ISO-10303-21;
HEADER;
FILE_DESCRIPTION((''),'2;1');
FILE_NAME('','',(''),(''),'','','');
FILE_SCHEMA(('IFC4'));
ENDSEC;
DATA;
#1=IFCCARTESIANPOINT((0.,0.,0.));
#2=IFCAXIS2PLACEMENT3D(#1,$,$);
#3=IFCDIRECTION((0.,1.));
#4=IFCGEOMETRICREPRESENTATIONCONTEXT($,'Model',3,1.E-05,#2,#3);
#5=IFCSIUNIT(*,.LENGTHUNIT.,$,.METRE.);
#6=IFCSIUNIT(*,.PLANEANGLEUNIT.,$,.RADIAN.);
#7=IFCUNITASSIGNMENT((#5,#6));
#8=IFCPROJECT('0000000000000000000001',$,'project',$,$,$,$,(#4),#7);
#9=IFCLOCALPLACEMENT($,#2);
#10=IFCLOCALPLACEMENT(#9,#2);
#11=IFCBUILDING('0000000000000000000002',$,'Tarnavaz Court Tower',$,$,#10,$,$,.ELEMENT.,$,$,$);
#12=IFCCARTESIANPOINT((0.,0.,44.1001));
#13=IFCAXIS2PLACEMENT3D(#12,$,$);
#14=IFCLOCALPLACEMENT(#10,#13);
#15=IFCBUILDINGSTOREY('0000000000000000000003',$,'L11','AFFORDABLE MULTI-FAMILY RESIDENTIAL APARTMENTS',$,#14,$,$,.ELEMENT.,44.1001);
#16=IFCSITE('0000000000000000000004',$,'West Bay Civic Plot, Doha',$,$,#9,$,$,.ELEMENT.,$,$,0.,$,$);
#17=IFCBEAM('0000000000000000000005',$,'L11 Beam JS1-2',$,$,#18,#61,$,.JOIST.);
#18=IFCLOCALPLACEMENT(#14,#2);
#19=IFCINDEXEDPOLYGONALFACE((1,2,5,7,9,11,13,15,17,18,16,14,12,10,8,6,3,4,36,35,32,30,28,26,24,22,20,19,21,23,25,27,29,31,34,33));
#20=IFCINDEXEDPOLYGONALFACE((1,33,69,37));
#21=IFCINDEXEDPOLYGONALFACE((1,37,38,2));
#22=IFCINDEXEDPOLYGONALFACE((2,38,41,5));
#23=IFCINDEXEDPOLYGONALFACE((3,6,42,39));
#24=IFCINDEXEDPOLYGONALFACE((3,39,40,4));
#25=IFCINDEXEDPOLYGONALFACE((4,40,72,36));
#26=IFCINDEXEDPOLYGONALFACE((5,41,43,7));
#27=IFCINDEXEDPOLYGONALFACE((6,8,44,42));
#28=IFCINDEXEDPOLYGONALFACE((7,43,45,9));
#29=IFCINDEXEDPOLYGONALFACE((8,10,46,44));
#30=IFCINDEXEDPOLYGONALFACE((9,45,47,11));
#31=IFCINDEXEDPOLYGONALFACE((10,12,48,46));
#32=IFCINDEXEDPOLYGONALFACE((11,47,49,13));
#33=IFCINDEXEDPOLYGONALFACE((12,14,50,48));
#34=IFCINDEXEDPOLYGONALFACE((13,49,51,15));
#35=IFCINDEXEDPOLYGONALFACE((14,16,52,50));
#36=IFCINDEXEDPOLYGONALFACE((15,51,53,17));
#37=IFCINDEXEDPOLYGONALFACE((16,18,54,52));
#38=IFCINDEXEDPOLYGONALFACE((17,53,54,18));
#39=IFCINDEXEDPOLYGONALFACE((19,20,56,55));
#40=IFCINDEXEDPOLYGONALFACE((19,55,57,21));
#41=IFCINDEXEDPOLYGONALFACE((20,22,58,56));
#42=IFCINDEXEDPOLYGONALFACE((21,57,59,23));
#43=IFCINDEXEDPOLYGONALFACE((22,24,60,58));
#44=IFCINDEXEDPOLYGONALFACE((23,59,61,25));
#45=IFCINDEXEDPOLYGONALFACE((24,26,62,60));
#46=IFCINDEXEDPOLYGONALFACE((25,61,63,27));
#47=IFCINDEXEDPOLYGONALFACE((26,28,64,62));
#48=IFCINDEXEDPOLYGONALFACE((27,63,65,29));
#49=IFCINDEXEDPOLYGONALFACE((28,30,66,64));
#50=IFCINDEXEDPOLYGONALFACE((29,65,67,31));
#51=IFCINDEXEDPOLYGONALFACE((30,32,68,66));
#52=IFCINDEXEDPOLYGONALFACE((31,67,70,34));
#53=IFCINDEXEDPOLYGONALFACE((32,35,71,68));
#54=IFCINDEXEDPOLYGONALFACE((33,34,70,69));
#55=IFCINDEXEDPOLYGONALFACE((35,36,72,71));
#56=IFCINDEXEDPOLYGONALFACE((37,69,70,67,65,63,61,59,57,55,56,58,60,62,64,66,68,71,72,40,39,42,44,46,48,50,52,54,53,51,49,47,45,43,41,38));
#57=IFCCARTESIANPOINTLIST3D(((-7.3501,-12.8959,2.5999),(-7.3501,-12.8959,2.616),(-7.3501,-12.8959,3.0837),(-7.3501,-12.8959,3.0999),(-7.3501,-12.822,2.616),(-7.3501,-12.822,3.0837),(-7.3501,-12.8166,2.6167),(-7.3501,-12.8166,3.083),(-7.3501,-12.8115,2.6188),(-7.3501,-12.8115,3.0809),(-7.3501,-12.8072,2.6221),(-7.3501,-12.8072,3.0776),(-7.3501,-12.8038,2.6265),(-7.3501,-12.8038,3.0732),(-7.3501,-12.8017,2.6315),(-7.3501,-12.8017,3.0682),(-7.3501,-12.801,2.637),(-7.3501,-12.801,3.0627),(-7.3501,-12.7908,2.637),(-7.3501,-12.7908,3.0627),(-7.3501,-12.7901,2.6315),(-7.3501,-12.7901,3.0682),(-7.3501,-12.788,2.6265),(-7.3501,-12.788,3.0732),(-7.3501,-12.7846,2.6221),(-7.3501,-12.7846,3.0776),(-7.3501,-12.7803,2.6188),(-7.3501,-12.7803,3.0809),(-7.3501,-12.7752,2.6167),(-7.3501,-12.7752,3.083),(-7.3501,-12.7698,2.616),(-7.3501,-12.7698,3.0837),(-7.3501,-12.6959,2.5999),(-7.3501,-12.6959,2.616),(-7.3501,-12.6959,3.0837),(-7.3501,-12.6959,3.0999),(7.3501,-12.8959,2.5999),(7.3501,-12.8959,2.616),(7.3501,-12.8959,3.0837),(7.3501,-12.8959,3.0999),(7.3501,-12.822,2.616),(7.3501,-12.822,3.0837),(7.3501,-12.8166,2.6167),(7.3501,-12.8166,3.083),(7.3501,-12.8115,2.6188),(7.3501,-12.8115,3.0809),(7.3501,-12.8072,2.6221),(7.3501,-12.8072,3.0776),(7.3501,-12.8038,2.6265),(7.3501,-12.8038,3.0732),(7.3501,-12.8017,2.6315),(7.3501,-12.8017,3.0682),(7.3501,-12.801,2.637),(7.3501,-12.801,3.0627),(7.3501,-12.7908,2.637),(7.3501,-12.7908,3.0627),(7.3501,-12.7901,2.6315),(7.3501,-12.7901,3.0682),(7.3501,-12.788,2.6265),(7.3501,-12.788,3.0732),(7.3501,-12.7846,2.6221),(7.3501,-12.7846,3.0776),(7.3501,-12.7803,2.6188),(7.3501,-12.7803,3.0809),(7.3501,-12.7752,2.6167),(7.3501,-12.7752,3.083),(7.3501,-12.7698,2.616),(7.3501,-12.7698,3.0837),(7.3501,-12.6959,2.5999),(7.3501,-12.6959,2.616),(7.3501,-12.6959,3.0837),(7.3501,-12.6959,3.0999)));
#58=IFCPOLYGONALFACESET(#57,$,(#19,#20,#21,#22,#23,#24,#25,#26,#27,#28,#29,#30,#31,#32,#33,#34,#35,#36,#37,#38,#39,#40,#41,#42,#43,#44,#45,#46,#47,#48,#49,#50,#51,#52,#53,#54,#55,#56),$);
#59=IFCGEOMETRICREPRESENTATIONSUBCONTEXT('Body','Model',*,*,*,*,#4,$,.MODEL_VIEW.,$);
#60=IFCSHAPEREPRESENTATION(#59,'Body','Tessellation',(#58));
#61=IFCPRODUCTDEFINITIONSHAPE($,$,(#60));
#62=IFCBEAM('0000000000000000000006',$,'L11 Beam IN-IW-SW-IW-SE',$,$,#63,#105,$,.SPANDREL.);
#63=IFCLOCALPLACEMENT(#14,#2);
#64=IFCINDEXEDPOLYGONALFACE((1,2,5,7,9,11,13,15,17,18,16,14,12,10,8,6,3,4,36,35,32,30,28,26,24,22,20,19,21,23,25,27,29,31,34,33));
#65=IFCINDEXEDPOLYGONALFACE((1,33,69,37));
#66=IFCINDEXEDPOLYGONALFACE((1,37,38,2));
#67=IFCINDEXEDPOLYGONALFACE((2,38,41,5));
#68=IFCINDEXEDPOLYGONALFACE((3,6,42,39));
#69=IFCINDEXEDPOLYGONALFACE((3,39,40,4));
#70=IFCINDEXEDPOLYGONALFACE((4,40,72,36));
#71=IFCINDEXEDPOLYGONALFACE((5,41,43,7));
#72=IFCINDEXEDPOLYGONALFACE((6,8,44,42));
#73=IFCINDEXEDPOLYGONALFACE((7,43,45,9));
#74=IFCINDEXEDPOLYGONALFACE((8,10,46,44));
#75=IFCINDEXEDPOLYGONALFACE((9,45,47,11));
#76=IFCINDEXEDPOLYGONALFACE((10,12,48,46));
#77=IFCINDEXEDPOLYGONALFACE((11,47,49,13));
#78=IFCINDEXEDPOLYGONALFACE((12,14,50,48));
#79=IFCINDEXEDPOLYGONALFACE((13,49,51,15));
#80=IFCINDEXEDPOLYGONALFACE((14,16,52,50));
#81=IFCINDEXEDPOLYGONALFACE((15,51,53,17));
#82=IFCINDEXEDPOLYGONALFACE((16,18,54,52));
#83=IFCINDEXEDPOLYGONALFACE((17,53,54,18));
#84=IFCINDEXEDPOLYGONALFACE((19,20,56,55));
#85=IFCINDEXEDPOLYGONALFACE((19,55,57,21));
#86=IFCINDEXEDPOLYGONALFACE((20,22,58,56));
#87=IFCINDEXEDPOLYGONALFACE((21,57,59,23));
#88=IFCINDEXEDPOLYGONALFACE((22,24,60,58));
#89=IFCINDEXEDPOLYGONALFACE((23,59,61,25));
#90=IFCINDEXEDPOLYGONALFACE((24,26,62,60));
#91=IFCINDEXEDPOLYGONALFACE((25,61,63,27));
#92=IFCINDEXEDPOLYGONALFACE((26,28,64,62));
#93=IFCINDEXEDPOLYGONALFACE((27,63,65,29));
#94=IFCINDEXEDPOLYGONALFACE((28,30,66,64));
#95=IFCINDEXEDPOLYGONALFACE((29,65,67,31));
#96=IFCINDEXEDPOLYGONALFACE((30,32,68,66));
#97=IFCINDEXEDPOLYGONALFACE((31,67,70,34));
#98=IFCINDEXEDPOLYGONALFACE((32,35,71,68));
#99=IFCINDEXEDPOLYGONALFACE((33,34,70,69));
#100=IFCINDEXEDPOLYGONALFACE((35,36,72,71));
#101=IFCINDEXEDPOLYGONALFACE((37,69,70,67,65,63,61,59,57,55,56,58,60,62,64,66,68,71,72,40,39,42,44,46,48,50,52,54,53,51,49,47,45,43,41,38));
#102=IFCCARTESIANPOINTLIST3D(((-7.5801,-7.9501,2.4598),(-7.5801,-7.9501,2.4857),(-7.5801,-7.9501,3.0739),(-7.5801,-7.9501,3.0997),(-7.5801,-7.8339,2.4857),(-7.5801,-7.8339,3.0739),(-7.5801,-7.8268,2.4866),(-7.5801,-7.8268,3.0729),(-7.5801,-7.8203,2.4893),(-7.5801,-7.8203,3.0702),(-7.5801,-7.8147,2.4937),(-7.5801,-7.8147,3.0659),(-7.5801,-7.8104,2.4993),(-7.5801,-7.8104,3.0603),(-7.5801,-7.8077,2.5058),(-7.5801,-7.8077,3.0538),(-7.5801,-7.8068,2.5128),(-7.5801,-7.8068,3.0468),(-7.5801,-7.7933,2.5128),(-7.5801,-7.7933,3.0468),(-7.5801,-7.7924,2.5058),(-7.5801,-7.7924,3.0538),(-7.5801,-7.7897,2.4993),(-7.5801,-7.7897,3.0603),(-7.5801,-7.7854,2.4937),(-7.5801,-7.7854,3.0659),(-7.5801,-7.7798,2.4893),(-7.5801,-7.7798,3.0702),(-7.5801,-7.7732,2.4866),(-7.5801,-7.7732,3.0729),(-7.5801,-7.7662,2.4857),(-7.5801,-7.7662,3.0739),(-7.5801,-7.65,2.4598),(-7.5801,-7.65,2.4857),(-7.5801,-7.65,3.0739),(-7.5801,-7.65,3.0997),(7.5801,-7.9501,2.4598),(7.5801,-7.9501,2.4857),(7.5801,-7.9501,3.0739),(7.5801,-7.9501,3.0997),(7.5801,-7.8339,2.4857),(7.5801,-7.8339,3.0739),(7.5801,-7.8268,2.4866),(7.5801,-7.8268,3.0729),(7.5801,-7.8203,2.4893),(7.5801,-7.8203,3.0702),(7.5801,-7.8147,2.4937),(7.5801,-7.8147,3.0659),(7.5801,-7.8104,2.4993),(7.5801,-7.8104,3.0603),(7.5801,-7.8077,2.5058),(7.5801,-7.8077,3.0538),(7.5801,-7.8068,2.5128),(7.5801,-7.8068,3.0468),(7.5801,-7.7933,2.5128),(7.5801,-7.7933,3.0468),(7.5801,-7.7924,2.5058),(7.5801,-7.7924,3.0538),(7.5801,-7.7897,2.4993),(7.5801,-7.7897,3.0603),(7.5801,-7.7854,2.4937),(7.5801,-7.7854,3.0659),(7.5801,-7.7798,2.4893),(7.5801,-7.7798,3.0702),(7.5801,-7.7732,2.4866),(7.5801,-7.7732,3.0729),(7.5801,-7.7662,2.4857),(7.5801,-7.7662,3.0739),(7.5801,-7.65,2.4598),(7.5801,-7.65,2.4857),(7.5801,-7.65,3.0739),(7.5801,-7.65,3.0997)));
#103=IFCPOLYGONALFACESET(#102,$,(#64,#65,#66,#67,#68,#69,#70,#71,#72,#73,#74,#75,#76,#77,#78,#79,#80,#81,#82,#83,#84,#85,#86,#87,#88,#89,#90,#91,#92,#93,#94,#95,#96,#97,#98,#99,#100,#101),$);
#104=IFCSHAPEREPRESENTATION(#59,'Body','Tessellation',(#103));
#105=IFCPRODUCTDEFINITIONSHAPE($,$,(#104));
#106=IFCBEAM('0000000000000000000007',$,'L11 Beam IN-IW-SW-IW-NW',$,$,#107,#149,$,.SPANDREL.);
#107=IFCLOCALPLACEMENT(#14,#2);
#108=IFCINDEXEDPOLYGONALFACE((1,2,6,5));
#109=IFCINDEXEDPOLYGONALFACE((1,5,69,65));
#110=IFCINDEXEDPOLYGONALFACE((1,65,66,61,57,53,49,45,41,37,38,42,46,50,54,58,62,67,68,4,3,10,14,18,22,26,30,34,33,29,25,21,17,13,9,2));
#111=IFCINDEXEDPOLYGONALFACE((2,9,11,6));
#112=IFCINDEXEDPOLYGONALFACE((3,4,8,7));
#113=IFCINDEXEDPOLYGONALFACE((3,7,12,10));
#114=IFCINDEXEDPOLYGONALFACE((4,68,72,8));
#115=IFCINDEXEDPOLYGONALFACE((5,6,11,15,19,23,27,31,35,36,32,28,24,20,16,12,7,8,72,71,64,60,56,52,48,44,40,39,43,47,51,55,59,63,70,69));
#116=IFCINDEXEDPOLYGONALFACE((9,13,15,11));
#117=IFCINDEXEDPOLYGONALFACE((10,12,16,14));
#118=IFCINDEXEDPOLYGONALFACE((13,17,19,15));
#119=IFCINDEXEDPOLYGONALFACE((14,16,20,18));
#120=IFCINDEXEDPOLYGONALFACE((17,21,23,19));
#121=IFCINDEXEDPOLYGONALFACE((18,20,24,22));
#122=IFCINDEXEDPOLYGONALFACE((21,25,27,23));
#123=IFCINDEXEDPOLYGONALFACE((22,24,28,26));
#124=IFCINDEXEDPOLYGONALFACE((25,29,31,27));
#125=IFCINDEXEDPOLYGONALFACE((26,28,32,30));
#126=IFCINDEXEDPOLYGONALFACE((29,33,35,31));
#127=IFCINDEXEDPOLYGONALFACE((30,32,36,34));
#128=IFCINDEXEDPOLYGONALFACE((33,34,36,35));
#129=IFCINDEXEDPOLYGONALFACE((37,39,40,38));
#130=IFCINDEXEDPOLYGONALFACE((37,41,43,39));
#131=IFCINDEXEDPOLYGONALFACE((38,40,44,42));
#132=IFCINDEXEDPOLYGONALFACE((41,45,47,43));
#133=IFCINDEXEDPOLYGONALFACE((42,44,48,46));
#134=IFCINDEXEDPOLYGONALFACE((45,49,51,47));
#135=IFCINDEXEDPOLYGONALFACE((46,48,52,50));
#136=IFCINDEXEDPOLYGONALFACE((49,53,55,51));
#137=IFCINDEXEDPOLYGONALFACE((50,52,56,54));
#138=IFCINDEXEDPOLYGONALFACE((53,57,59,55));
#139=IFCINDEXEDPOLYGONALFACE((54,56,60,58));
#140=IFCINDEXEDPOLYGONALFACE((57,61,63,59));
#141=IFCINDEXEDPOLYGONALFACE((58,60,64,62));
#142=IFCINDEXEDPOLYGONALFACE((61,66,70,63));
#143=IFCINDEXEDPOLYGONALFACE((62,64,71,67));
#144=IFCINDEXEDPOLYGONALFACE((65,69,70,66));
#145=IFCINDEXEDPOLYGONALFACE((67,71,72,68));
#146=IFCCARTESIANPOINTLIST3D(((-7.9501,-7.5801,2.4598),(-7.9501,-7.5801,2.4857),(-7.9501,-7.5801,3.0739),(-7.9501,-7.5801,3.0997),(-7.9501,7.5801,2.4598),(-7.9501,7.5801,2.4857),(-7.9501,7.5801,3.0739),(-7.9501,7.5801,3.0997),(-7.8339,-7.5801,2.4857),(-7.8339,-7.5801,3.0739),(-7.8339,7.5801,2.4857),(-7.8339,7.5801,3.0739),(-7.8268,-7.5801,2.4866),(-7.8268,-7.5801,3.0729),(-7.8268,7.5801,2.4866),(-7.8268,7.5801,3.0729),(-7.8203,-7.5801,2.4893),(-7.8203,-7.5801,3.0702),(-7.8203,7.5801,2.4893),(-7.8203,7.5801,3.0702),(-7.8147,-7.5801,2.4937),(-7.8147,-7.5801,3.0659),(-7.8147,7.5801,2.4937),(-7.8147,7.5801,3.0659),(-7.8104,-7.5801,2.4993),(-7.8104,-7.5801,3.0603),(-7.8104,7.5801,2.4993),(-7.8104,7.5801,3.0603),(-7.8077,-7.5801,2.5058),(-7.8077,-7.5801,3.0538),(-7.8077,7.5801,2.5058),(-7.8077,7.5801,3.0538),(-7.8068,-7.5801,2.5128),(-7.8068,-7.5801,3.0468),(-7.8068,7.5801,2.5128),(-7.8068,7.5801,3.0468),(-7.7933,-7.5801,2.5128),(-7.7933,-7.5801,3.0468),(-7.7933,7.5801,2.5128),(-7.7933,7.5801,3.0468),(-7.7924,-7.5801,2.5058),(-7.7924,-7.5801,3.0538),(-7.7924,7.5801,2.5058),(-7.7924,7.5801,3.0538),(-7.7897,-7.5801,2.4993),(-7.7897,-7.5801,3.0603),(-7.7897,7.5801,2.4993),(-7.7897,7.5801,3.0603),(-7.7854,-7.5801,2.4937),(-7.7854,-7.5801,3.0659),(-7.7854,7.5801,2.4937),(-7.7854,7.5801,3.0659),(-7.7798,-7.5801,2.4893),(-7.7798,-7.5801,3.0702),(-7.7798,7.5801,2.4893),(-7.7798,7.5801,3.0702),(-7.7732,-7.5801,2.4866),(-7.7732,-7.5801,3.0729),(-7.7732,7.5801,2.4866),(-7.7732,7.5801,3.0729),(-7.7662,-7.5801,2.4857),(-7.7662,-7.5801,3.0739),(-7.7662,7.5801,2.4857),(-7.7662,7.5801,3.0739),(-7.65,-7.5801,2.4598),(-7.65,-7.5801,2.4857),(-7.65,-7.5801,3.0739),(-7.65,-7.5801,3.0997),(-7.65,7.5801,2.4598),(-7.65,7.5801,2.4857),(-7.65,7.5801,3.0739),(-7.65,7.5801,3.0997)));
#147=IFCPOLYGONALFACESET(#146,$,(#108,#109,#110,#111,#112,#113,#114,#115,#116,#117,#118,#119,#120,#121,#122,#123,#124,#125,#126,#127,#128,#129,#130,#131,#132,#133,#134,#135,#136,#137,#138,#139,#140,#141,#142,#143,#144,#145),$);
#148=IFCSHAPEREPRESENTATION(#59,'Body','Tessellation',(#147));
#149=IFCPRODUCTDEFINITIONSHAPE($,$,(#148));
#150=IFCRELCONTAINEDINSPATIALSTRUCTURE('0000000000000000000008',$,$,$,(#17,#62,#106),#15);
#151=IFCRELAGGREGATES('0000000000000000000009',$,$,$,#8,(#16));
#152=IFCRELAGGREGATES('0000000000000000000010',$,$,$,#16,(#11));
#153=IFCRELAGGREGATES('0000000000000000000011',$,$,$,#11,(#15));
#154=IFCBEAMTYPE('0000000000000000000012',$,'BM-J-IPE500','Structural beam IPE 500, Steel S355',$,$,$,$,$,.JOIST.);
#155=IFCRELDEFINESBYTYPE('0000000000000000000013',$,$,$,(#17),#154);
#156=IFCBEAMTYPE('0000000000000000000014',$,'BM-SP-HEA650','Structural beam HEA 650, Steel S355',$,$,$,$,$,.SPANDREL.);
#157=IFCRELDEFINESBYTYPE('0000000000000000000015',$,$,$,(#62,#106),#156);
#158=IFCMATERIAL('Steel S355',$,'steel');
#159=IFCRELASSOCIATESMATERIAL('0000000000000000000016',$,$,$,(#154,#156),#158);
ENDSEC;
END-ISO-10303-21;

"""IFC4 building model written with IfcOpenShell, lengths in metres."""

from ifc_helpers import new_model, si_unit, direction, frame, origin, origin_2d, place, context, subcontext, project, spatial, i_section, extrude, material, material_profile, profile_set, type_object, element, save


model = new_model("IFC4")

# Units and contexts
model_context = context("Model", 3, precision=1e-05, world=origin(), true_north=direction((0.0, 1.0)))
body_context = subcontext(model_context, "Body", "Model", "MODEL_VIEW")
ifc_project = project(units=[si_unit("LENGTHUNIT", "METRE"), si_unit("PLANEANGLEUNIT", "RADIAN")], contexts=[model_context])

# Site, building, storey
site_placement = place(None, origin())
site = spatial("IfcSite", under=ifc_project, at=site_placement, Name="West Bay Civic Plot, Doha", CompositionType="ELEMENT", RefElevation=0.0)
building_placement = place(site_placement, origin())
building = spatial("IfcBuilding", under=site, at=building_placement, Name="Tarnavaz Court Tower", CompositionType="ELEMENT")
storey_placement = place(building_placement, frame((0.0, 0.0, 44.1001)))
storey = spatial("IfcBuildingStorey", under=building, at=storey_placement, Name="L11", Description="AFFORDABLE MULTI-FAMILY RESIDENTIAL APARTMENTS", CompositionType="ELEMENT", Elevation=44.1001)

# Beams
ifc_material_1 = material(Name="Steel S355", Category="steel")
ifc_material_profile_1 = material_profile(ifc_material_1, i_section(OverallWidth=0.2, OverallDepth=0.5, WebThickness=0.0103, FlangeThickness=0.0161, FilletRadius=0.021, at=origin_2d()), Name="IPE 500")
ifc_profile_set_1 = profile_set([ifc_material_profile_1], Name="Steel S355")
beam_type_1 = type_object("IfcBeamType", Name="BM-J-IPE500", Description="Structural beam IPE 500, Steel S355", PredefinedType="JOIST", material=ifc_profile_set_1)
beam_1_placement = place(storey_placement, frame((-7.3501, -12.7959, 2.8499), z_axis=(1.0, 0.0, 0.0), x_axis=(0.0, 1.0, 0.0)))
element("IfcBeam", 1, at=beam_1_placement, inside=storey, type_object=beam_type_1, Name="L11 Beam JS1-2", PredefinedType="JOIST", context=body_context, shape_type="SweptSolid", body=[
    extrude(i_section(OverallWidth=0.2, OverallDepth=0.5, WebThickness=0.0103, FlangeThickness=0.0161, FilletRadius=0.021, at=origin_2d()), origin(), (0.0, 0.0, 1.0), 14.7002),
])
ifc_material_profile_2 = material_profile(ifc_material_1, i_section(OverallWidth=0.3, OverallDepth=0.6399, WebThickness=0.0134, FlangeThickness=0.0259, FilletRadius=0.0271, at=origin_2d()), Name="HEA 650")
ifc_profile_set_2 = profile_set([ifc_material_profile_2], Name="Steel S355")
beam_type_2 = type_object("IfcBeamType", Name="BM-SP-HEA650", Description="Structural beam HEA 650, Steel S355", PredefinedType="SPANDREL", material=ifc_profile_set_2)
for number, where, z_axis, x_axis, name in (
    (2, (-7.5801, -7.8, 2.7798), (1.0, 0.0, 0.0), (0.0, 1.0, 0.0), "L11 Beam IN-IW-SW-IW-SE"),
    (3, (-7.8, -7.5801, 2.7798), (0.0, 1.0, 0.0), (-1.0, 0.0, 0.0), "L11 Beam IN-IW-SW-IW-NW"),
):
    element("IfcBeam", number, at=place(storey_placement, frame(where, z_axis=z_axis, x_axis=x_axis)), inside=storey, type_object=beam_type_2, Name=name, PredefinedType="SPANDREL", context=body_context, shape_type="SweptSolid", body=[
        extrude(i_section(OverallWidth=0.3, OverallDepth=0.6399, WebThickness=0.0134, FlangeThickness=0.0259, FilletRadius=0.0271, at=origin_2d()), origin(), (0.0, 0.0, 1.0), 15.1602),
    ])

save(model, "model.ifc")
